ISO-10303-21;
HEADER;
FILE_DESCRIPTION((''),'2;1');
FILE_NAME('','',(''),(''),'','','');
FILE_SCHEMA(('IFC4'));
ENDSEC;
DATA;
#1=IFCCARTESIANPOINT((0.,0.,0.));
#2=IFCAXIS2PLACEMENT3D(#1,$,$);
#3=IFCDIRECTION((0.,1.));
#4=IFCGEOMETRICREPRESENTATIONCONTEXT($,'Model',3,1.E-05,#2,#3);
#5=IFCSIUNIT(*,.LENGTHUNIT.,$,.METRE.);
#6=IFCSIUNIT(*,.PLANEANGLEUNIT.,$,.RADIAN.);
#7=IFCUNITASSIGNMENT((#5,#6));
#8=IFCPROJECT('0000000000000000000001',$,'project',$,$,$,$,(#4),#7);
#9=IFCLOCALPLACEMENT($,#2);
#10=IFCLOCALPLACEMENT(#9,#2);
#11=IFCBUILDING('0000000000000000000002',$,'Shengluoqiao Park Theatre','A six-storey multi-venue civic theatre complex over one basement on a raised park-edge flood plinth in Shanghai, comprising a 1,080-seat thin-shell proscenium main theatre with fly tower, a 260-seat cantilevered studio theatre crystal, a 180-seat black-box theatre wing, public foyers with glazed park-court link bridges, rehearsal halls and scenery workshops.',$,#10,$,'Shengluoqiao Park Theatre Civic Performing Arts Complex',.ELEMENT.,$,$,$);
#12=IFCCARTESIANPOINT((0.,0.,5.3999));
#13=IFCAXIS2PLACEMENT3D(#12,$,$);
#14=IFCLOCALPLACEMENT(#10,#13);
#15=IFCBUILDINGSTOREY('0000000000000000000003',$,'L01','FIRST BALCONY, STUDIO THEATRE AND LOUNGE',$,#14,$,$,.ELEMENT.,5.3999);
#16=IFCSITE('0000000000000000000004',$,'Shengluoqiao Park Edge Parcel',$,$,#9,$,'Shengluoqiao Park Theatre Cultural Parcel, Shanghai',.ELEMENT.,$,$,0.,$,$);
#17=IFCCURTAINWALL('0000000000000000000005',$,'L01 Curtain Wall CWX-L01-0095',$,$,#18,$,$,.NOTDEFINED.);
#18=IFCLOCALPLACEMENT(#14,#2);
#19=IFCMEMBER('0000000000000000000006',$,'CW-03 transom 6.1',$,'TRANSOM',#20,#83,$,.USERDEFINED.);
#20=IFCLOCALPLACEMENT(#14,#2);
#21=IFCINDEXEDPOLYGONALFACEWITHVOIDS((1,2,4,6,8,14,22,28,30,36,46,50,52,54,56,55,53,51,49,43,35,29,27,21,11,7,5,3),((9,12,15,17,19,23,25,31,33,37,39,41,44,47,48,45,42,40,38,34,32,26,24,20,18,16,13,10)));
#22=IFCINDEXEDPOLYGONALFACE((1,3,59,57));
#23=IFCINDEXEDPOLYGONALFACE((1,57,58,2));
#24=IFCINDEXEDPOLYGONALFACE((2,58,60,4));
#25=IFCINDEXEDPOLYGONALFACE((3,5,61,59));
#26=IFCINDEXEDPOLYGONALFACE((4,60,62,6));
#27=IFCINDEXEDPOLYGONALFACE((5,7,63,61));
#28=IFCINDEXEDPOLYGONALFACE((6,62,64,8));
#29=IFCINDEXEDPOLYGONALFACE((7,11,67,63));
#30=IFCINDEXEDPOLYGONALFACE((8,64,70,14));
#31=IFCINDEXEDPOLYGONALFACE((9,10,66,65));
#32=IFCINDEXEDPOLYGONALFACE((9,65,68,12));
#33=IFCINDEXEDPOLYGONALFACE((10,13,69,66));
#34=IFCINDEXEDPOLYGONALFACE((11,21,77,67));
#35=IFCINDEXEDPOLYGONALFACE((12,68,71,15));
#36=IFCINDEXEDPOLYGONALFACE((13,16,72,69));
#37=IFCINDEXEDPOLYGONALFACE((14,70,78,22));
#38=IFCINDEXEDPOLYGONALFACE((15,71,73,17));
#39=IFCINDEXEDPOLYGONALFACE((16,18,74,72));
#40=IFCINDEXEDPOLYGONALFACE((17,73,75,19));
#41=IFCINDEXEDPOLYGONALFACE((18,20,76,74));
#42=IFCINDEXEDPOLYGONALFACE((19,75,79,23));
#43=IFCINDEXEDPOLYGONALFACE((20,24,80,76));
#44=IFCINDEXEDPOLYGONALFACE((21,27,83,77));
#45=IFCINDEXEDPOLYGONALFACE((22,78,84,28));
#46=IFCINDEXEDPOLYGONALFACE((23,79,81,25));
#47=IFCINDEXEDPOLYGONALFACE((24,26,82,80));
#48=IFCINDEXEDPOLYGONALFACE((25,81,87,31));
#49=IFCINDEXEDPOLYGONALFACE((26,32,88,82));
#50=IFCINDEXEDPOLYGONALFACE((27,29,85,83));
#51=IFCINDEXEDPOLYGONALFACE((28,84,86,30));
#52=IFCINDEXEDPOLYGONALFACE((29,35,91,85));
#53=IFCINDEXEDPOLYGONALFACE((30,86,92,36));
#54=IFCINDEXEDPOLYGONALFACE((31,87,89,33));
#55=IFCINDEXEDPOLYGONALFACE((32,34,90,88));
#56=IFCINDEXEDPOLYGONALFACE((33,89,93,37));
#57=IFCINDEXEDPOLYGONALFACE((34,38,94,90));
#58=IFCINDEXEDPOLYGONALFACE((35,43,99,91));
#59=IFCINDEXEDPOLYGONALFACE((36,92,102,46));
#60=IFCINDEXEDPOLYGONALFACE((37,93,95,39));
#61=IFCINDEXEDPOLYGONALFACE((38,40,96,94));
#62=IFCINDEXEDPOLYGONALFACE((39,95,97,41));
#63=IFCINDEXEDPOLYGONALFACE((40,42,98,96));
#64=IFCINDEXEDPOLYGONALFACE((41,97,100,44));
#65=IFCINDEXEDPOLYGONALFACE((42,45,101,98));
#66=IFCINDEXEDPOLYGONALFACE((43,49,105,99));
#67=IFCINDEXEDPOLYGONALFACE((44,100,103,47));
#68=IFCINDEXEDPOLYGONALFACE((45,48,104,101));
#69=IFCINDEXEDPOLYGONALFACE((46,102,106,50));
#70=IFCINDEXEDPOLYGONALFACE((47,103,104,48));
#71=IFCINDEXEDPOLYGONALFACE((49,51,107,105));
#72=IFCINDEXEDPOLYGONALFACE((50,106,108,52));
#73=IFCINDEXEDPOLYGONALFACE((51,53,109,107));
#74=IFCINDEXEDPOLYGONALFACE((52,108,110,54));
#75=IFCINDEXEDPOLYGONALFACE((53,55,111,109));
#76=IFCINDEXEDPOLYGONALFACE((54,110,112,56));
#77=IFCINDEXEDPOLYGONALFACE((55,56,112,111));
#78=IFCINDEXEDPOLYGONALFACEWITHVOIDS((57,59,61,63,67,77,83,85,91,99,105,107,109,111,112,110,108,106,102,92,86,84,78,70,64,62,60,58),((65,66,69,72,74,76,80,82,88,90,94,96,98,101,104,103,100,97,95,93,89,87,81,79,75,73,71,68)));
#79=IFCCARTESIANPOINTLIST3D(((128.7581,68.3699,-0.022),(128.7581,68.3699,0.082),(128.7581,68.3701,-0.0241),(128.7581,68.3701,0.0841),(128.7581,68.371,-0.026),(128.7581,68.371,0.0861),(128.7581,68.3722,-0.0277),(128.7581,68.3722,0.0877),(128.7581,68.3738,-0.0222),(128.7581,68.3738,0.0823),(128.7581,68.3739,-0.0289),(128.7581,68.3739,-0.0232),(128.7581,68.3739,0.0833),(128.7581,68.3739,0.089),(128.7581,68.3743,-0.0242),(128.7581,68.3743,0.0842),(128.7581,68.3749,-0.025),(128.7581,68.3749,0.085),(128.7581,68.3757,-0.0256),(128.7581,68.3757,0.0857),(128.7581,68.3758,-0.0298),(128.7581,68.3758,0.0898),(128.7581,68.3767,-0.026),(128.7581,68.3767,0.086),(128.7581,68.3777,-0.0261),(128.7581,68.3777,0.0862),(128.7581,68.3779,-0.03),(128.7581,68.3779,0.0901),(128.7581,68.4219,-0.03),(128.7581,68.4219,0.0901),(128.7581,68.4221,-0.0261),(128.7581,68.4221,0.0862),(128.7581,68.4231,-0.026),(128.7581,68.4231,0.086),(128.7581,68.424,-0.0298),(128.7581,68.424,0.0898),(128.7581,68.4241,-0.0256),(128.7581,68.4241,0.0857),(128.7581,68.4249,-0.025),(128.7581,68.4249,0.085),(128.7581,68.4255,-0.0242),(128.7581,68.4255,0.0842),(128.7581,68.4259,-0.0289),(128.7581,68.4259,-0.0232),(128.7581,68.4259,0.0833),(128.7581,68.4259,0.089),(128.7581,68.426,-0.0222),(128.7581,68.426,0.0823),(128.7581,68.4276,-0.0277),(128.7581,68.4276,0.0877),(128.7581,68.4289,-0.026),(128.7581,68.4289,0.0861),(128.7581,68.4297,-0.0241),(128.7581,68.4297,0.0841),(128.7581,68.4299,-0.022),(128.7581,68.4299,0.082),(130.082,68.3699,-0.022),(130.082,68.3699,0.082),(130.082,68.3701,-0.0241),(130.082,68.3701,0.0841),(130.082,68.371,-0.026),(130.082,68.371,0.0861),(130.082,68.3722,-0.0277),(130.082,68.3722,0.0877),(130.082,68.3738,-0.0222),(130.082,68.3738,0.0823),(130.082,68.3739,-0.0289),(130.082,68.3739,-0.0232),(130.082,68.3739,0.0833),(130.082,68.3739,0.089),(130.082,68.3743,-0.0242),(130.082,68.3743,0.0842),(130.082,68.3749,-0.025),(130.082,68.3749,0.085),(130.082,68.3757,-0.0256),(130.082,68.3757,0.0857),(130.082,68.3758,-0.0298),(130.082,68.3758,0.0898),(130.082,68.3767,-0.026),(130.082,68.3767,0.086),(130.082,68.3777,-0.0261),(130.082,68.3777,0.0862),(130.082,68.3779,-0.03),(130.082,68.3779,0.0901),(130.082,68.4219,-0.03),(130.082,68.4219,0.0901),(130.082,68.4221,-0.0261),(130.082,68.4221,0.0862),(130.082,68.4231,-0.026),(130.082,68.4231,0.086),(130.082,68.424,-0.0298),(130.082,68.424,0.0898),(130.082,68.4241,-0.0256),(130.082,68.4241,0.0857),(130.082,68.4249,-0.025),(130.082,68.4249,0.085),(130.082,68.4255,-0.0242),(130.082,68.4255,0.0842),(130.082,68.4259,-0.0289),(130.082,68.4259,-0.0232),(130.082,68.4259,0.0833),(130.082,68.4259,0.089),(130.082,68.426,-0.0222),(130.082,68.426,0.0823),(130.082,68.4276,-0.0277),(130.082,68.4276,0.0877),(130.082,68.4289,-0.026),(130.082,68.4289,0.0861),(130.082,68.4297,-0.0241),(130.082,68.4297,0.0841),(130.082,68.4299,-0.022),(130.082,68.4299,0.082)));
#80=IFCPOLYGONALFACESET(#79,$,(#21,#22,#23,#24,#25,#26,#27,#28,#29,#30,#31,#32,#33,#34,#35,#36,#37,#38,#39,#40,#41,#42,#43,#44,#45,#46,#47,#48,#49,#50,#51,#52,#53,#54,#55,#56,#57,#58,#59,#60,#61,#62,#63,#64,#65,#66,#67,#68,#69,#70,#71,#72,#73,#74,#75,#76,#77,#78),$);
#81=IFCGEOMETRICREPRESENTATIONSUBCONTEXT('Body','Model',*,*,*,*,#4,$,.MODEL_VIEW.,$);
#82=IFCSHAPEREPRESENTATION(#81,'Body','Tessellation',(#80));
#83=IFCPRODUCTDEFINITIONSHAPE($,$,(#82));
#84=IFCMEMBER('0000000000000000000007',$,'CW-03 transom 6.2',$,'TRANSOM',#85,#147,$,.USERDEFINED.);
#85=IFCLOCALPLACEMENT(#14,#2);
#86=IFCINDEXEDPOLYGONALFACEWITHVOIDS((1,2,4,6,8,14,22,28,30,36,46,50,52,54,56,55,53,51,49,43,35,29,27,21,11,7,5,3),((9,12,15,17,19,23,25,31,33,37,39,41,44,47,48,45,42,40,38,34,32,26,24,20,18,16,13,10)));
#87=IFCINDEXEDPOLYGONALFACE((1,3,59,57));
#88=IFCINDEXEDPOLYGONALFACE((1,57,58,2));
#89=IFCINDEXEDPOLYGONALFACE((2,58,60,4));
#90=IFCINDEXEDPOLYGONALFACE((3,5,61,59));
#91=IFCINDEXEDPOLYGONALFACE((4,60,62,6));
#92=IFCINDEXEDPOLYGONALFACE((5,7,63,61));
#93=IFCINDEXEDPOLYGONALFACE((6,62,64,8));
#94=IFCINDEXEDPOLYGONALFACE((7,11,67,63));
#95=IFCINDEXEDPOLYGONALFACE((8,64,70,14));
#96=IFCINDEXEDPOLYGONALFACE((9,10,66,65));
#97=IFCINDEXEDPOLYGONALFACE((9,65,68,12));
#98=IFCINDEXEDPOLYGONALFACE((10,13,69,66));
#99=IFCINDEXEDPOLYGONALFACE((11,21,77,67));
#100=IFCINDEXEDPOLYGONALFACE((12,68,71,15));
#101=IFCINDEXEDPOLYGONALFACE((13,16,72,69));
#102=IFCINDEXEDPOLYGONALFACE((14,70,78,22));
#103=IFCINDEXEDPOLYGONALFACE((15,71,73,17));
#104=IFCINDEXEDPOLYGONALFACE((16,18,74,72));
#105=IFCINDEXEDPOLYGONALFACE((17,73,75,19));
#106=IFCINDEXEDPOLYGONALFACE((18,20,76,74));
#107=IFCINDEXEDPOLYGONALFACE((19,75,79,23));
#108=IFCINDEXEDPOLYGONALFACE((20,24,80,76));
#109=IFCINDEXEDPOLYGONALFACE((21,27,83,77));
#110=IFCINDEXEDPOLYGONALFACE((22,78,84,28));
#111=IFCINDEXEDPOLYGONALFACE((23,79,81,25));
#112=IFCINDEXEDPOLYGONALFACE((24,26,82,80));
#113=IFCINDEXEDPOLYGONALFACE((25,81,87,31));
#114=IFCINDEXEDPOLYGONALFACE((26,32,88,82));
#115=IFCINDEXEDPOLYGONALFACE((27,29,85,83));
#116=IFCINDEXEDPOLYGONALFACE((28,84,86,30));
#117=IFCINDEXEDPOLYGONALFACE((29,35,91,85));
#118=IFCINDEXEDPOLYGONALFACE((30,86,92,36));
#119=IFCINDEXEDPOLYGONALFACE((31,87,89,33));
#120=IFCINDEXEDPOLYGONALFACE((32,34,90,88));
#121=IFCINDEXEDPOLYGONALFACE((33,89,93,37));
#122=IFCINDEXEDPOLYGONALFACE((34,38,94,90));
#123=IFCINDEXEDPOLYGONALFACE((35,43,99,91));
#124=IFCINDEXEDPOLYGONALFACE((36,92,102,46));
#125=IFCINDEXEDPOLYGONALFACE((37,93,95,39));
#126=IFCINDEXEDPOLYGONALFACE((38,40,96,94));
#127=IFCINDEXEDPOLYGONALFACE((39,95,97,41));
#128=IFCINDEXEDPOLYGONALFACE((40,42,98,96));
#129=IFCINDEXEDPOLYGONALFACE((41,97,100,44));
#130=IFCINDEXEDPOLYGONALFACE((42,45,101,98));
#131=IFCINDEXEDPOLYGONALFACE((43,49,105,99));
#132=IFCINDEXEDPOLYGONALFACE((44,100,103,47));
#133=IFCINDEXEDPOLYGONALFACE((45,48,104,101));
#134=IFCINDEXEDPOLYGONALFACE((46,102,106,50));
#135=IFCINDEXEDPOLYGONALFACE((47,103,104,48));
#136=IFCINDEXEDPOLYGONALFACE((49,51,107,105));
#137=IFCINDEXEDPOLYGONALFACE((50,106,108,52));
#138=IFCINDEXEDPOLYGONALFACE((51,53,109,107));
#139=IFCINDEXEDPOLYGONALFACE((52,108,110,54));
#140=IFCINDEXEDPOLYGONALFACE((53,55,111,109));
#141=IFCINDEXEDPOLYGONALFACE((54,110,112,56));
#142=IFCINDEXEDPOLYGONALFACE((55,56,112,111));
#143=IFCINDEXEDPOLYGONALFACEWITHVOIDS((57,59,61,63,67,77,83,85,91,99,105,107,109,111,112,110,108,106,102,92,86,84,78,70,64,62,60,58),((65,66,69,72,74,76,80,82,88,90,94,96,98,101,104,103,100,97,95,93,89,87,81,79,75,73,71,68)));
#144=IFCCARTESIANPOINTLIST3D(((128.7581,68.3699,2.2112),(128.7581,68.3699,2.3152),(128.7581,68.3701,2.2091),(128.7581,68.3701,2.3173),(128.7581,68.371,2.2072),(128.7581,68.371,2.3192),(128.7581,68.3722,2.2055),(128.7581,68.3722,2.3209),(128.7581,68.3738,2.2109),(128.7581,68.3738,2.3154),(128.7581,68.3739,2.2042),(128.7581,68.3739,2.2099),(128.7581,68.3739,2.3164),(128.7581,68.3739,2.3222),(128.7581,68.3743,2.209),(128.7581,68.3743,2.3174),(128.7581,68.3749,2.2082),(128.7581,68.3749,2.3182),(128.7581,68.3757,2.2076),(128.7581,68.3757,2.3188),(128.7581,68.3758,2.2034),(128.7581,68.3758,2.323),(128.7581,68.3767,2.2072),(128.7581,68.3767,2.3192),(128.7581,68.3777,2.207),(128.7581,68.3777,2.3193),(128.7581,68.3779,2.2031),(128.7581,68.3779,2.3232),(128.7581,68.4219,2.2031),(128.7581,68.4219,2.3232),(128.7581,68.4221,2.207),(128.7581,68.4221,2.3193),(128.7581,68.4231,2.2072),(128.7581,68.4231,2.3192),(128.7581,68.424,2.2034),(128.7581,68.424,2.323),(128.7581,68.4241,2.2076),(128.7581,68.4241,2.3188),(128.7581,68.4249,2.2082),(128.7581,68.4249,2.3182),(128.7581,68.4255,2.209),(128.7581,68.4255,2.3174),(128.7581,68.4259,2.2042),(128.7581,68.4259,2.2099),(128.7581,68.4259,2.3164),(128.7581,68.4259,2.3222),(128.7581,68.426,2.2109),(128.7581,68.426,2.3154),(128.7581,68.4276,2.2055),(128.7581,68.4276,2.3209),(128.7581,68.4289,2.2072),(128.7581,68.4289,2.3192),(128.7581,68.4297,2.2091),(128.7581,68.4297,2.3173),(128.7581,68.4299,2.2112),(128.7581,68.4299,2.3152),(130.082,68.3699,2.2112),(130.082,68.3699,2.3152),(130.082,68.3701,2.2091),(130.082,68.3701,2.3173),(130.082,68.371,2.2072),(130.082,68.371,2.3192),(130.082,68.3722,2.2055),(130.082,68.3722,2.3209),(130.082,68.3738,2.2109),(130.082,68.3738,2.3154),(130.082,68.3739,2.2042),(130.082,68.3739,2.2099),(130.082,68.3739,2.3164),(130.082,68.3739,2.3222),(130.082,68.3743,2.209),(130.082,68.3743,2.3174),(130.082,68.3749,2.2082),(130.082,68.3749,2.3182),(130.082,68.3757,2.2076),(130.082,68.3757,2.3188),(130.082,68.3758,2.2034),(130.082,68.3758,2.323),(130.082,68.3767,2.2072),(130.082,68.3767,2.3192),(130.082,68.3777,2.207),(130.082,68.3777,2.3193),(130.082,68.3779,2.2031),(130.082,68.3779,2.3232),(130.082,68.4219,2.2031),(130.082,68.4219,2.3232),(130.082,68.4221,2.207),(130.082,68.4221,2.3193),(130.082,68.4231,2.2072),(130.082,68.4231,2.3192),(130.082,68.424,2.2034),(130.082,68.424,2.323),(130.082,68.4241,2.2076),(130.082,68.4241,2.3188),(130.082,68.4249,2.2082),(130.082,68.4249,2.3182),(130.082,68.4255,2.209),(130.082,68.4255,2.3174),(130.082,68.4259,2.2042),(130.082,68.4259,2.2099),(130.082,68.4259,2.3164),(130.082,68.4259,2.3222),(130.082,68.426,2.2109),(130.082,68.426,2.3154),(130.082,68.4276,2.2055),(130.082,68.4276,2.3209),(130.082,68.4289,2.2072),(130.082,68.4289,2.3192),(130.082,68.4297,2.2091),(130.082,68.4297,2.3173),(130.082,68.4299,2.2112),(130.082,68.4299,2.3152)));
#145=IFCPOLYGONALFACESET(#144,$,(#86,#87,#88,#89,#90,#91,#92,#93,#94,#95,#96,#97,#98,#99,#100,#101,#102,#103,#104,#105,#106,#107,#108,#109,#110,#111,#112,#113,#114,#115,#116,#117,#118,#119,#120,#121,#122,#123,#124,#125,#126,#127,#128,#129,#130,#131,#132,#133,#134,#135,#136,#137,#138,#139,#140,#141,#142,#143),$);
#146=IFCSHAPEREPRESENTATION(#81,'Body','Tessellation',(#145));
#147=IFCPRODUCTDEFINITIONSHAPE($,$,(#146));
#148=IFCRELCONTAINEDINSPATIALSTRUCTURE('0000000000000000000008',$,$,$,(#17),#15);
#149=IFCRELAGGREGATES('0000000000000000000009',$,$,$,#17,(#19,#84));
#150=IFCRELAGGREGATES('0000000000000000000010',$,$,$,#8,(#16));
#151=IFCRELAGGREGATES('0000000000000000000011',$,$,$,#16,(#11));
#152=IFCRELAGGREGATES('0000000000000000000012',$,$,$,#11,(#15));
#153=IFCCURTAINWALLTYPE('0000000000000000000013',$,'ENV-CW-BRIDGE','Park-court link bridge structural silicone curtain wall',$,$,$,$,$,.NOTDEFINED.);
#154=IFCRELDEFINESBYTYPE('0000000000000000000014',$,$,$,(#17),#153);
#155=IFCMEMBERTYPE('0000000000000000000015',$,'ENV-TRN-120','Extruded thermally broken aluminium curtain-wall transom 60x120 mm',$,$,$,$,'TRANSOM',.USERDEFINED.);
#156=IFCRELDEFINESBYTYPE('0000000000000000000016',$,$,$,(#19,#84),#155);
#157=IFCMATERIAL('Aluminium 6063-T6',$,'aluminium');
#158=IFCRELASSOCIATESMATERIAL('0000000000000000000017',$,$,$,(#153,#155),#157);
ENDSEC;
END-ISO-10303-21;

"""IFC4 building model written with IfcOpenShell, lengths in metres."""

from ifc_helpers import new_model, si_unit, direction, frame, origin, origin_2d, place, context, subcontext, project, spatial, hollow_rectangle, extrude, material, material_profile, profile_set, type_object, element, aggregate, save


model = new_model("IFC4")

# Units and contexts
model_context = context("Model", 3, precision=1e-05, world=origin(), true_north=direction((0.0, 1.0)))
body_context = subcontext(model_context, "Body", "Model", "MODEL_VIEW")
ifc_project = project(units=[si_unit("LENGTHUNIT", "METRE"), si_unit("PLANEANGLEUNIT", "RADIAN")], contexts=[model_context])

# Site, building, storey
site_placement = place(None, origin())
site = spatial("IfcSite", under=ifc_project, at=site_placement, Name="Shengluoqiao Park Edge Parcel", LongName="Shengluoqiao Park Theatre Cultural Parcel, Shanghai", CompositionType="ELEMENT", RefElevation=0.0)
building_placement = place(site_placement, origin())
building = spatial("IfcBuilding", under=site, at=building_placement, Name="Shengluoqiao Park Theatre", Description="A six-storey multi-venue civic theatre complex over one basement on a raised park-edge flood plinth in Shanghai, comprising a 1,080-seat thin-shell proscenium main theatre with fly tower, a 260-seat cantilevered studio theatre crystal, a 180-seat black-box theatre wing, public foyers with glazed park-court link bridges, rehearsal halls and scenery workshops.", LongName="Shengluoqiao Park Theatre Civic Performing Arts Complex", CompositionType="ELEMENT")
storey_placement = place(building_placement, frame((0.0, 0.0, 5.3999)))
storey = spatial("IfcBuildingStorey", under=building, at=storey_placement, Name="L01", Description="FIRST BALCONY, STUDIO THEATRE AND LOUNGE", CompositionType="ELEMENT", Elevation=5.3999)

# Curtain wall
ifc_material_1 = material(Name="Aluminium 6063-T6", Category="aluminium")
curtain_wall_type = type_object("IfcCurtainWallType", Name="ENV-CW-BRIDGE", Description="Park-court link bridge structural silicone curtain wall", PredefinedType="NOTDEFINED", material=ifc_material_1)
curtain_wall_1_placement = place(storey_placement, origin())
curtain_wall_1 = element("IfcCurtainWall", 1, at=curtain_wall_1_placement, inside=storey, type_object=curtain_wall_type, Name="L01 Curtain Wall CWX-L01-0095", PredefinedType="NOTDEFINED")

# Members
ifc_material_profile_1 = material_profile(ifc_material_1, hollow_rectangle(XDim=0.0601, YDim=0.1201, WallThickness=0.0039, InnerFilletRadius=0.0039, OuterFilletRadius=0.0081, at=origin_2d()), Name="ALU TRANSOM 120x60x4")
ifc_profile_set_1 = profile_set([ifc_material_profile_1], Name="Aluminium 6063-T6")
member_type_1 = type_object("IfcMemberType", Name="ENV-TRN-120", Description="Extruded thermally broken aluminium curtain-wall transom 60x120 mm", ElementType="TRANSOM", PredefinedType="USERDEFINED", material=ifc_profile_set_1)
member_1_placement = place(storey_placement, frame((128.7581, 68.3999, 0.03), z_axis=(1.0, 0.0, 0.0), x_axis=(0.0, 1.0, 0.0)))
member_1 = element("IfcMember", 2, at=member_1_placement, type_object=member_type_1, Name="CW-03 transom 6.1", ObjectType="TRANSOM", PredefinedType="USERDEFINED", context=body_context, shape_type="SweptSolid", body=[
    extrude(hollow_rectangle(XDim=0.0601, YDim=0.1201, WallThickness=0.0039, InnerFilletRadius=0.0039, OuterFilletRadius=0.0081, at=origin_2d()), origin(), (0.0, 0.0, 1.0), 1.324),
])
member_2_placement = place(storey_placement, frame((128.7581, 68.3999, 2.2632), z_axis=(1.0, 0.0, 0.0), x_axis=(0.0, 1.0, 0.0)))
member_2 = element("IfcMember", 3, at=member_2_placement, type_object=member_type_1, Name="CW-03 transom 6.2", ObjectType="TRANSOM", PredefinedType="USERDEFINED", context=body_context, shape_type="SweptSolid", body=[
    extrude(hollow_rectangle(XDim=0.0601, YDim=0.1201, WallThickness=0.0039, InnerFilletRadius=0.0039, OuterFilletRadius=0.0081, at=origin_2d()), origin(), (0.0, 0.0, 1.0), 1.324),
])

aggregate(curtain_wall_1, [member_1, member_2])

save(model, "model.ifc")
